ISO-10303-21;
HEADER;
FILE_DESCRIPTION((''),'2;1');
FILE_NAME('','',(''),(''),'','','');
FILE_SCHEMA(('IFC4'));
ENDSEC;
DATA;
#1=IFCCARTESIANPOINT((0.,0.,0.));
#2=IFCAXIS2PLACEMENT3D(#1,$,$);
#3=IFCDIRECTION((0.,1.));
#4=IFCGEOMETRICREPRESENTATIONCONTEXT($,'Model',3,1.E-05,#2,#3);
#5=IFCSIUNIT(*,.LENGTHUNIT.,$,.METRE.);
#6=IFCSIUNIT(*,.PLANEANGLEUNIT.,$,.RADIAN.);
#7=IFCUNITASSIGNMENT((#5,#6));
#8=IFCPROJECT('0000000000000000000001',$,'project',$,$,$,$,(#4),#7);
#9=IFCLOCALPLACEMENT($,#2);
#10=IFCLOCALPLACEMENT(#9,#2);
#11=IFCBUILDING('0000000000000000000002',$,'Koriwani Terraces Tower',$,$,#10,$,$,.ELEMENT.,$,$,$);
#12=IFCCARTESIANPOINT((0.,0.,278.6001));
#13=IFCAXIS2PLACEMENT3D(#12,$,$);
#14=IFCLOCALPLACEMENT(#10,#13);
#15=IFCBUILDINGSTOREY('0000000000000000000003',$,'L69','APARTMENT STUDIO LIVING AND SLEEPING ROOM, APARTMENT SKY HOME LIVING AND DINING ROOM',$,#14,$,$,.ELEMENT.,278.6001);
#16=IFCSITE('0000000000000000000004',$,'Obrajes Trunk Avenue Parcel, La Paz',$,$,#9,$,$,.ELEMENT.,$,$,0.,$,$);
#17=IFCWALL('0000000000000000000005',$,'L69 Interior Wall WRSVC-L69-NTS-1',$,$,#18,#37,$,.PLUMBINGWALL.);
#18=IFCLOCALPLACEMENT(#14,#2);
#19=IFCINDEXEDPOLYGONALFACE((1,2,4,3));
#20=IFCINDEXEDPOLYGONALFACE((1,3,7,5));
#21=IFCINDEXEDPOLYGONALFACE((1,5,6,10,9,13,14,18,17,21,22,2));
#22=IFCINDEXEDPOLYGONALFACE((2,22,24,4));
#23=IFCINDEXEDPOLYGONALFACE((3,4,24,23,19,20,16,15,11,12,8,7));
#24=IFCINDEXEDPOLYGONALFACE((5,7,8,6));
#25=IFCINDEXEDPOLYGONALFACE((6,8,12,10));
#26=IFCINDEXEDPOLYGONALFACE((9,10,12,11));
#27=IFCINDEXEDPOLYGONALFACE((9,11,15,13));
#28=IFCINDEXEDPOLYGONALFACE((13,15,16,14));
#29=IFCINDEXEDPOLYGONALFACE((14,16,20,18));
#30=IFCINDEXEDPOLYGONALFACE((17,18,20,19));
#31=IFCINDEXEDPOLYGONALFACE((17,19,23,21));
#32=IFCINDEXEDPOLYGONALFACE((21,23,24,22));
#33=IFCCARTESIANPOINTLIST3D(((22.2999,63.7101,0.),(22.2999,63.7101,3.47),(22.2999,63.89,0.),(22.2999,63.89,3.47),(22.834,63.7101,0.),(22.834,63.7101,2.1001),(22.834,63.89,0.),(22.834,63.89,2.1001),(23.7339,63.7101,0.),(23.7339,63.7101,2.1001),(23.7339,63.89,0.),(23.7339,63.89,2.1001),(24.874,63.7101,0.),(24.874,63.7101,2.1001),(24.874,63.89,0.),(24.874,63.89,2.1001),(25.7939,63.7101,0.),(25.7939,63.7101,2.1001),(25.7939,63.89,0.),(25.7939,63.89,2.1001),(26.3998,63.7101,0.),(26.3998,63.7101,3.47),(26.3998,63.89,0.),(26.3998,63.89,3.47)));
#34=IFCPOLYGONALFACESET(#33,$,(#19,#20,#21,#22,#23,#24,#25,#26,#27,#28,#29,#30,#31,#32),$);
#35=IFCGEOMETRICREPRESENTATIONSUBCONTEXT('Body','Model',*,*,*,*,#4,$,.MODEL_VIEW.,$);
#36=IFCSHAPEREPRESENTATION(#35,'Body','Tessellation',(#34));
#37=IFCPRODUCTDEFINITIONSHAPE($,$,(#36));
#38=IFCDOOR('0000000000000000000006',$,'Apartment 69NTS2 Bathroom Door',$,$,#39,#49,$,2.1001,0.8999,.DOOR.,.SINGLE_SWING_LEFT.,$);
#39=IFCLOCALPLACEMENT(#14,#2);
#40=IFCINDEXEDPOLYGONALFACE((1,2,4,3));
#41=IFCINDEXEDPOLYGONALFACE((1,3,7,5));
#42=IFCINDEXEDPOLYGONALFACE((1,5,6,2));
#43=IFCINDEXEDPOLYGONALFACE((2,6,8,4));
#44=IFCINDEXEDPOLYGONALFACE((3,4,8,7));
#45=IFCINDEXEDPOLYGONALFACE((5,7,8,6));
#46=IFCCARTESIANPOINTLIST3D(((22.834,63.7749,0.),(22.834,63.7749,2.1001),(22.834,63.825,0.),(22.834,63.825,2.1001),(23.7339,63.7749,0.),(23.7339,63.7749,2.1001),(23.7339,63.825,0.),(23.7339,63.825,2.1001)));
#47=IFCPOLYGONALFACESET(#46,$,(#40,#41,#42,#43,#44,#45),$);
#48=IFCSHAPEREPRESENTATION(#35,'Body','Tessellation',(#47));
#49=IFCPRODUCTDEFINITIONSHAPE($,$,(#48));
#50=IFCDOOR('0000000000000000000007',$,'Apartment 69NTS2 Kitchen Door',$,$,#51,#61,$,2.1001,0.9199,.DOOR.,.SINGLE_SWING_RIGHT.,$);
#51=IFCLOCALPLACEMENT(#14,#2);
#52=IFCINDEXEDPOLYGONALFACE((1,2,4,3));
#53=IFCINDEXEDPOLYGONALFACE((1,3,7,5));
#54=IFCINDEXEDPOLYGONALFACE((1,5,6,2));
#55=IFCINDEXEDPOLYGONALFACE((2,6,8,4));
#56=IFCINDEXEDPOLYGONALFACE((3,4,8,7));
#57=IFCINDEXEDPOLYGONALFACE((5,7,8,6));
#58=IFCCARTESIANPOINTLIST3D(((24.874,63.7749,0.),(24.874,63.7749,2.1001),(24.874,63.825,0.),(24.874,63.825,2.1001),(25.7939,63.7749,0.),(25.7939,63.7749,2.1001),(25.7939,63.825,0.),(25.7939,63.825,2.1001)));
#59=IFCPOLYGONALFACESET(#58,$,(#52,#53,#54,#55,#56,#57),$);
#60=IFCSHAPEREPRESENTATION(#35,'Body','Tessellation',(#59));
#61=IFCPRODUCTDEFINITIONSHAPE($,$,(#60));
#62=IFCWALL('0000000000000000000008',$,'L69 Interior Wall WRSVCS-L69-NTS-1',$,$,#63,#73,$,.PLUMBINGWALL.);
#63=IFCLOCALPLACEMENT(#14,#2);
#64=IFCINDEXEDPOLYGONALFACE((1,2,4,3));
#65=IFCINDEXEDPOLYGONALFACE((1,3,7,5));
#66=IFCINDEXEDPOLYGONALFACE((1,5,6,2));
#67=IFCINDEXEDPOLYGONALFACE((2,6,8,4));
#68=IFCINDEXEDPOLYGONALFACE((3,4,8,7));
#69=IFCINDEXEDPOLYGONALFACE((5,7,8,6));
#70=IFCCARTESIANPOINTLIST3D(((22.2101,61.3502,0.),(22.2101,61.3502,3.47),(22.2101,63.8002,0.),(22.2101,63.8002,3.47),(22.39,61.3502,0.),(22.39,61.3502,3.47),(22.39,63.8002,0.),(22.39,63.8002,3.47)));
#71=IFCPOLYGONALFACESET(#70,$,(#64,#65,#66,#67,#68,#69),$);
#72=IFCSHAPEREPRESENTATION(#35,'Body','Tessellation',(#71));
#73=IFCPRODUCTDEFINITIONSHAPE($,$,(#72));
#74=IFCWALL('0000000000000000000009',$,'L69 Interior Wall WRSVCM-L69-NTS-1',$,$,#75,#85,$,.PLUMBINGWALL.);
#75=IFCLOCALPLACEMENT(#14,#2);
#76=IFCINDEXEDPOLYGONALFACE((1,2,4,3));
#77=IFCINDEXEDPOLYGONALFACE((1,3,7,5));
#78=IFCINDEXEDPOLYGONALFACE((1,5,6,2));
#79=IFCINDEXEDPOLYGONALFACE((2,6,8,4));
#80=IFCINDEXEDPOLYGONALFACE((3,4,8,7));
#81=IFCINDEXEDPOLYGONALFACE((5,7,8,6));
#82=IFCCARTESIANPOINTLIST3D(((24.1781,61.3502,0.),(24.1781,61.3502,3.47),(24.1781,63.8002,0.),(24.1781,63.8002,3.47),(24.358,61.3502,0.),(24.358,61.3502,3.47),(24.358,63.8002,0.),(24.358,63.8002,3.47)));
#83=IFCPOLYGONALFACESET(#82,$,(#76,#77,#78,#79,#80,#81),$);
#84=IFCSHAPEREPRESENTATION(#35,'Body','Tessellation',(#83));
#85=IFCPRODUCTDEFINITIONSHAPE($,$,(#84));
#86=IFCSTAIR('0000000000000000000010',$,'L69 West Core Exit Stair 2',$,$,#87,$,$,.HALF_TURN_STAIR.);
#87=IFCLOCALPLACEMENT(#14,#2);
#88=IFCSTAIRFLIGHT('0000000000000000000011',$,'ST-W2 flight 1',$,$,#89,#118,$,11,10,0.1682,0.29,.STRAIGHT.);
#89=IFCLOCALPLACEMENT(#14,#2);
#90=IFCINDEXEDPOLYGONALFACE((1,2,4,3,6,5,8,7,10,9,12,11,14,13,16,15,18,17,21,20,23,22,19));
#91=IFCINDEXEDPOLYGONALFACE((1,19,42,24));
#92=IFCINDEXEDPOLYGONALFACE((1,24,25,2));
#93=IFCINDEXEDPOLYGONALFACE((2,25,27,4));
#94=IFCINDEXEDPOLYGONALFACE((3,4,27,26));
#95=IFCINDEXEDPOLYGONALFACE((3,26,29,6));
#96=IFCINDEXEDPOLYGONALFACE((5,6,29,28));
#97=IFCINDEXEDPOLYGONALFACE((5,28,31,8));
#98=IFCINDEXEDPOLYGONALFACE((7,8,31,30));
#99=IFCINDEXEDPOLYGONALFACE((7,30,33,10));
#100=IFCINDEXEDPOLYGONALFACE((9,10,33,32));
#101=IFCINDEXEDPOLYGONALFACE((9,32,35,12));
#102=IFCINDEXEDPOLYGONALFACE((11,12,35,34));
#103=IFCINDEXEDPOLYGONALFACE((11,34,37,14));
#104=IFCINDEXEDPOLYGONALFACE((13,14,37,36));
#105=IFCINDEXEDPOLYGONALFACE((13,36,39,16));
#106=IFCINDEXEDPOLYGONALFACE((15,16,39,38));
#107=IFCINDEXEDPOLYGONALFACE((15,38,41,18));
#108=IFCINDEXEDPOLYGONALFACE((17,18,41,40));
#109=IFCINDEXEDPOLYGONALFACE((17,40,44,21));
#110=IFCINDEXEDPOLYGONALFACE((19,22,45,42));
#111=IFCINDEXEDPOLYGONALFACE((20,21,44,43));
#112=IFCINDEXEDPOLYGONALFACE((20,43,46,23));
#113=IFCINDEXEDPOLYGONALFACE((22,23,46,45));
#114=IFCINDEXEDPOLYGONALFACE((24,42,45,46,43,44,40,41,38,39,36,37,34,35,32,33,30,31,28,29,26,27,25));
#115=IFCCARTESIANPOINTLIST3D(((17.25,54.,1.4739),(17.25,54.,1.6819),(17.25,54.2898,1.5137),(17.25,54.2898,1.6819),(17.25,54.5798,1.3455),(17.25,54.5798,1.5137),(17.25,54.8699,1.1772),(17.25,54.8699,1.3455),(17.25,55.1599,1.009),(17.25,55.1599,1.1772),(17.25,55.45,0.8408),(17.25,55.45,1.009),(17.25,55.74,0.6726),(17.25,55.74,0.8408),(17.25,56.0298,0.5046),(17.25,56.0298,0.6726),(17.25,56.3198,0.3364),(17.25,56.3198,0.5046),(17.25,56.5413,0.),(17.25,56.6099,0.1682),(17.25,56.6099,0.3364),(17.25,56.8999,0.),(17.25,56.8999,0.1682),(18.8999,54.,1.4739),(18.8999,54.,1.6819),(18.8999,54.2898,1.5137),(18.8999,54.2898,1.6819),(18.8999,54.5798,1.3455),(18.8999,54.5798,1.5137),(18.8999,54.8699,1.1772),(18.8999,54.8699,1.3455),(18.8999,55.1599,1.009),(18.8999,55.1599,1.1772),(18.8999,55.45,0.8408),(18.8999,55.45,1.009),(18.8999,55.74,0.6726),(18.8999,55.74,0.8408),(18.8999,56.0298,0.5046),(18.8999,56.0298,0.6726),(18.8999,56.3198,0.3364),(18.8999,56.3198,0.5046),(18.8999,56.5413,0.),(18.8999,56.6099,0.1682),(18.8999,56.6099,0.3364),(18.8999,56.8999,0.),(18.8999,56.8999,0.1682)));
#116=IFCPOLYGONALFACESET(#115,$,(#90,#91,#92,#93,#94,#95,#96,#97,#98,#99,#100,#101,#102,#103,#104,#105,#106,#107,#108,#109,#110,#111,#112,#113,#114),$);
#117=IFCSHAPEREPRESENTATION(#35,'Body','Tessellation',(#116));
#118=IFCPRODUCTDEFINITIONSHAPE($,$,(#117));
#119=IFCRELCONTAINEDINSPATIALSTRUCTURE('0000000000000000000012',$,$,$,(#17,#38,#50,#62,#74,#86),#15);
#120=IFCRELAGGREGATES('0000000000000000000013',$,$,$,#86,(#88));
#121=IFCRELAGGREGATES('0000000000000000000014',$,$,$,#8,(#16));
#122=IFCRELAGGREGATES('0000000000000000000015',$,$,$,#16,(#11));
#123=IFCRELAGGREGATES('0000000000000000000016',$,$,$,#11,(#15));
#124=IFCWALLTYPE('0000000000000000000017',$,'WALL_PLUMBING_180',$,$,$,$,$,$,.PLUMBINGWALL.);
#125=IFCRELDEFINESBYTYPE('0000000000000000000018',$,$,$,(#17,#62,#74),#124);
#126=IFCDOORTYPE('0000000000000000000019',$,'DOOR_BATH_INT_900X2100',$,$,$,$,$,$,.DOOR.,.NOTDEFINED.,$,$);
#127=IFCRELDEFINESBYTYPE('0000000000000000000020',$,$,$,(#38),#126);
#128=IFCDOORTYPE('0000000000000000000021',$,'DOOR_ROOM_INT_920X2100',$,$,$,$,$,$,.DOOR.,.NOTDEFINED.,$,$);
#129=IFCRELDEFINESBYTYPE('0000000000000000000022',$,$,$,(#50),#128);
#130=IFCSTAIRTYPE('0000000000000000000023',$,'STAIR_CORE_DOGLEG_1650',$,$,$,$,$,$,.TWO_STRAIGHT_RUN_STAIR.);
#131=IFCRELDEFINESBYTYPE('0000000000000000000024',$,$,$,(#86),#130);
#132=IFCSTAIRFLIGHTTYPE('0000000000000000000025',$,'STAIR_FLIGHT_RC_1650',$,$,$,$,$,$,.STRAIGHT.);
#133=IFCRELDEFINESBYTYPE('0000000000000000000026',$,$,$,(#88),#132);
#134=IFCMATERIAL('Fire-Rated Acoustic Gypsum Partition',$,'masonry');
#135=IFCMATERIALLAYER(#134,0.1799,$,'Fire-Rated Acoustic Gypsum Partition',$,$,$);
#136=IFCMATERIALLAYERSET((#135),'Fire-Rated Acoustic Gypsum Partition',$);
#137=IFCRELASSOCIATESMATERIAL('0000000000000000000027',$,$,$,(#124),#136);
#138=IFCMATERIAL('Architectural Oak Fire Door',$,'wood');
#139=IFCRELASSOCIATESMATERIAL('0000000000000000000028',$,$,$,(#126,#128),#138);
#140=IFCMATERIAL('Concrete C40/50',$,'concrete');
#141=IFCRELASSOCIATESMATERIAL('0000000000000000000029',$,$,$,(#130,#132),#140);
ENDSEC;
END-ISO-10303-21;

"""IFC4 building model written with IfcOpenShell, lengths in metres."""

from ifc_helpers import new_model, si_unit, direction, frame, frame_2d, origin, place, context, subcontext, project, spatial, polyline, rectangle, outline, extrude, material, layer, layer_set, type_object, element, fill, aggregate, save


model = new_model("IFC4")

# Units and contexts
model_context = context("Model", 3, precision=1e-05, world=origin(), true_north=direction((0.0, 1.0)))
body_context = subcontext(model_context, "Body", "Model", "MODEL_VIEW")
ifc_project = project(units=[si_unit("LENGTHUNIT", "METRE"), si_unit("PLANEANGLEUNIT", "RADIAN")], contexts=[model_context])

# Site, building, storey
site_placement = place(None, origin())
site = spatial("IfcSite", under=ifc_project, at=site_placement, Name="Obrajes Trunk Avenue Parcel, La Paz", CompositionType="ELEMENT", RefElevation=0.0)
building_placement = place(site_placement, origin())
building = spatial("IfcBuilding", under=site, at=building_placement, Name="Koriwani Terraces Tower", CompositionType="ELEMENT")
storey_placement = place(building_placement, frame((0.0, 0.0, 278.6001)))
storey = spatial("IfcBuildingStorey", under=building, at=storey_placement, Name="L69", Description="APARTMENT STUDIO LIVING AND SLEEPING ROOM, APARTMENT SKY HOME LIVING AND DINING ROOM", CompositionType="ELEMENT", Elevation=278.6001)

# Shared definitions
ifc_material_1 = material(Name="Concrete C40/50", Category="concrete")

# Shared definitions
ifc_material_2 = material(Name="Fire-Rated Acoustic Gypsum Partition", Category="masonry")
ifc_layer_1 = layer(ifc_material_2, 0.1799, Name="Fire-Rated Acoustic Gypsum Partition")
ifc_layer_set_1 = layer_set([ifc_layer_1], Name="Fire-Rated Acoustic Gypsum Partition")
wall_type_1 = type_object("IfcWallType", Name="WALL_PLUMBING_180", PredefinedType="PLUMBINGWALL", material=ifc_layer_set_1)

# Wall, openings, doors
wall_1_placement = place(storey_placement, frame((22.3, 63.8, 0.0), z_axis=(0.0, 0.0, 1.0), x_axis=(1.0, 0.0, 0.0)))
wall_1 = element("IfcWall", 1, at=wall_1_placement, inside=storey, type_object=wall_type_1, Name="L69 Interior Wall WRSVC-L69-NTS-1", PredefinedType="PLUMBINGWALL", context=body_context, shape_type="SweptSolid", body=[
    extrude(rectangle(XDim=4.0999, YDim=0.1799, at=frame_2d((2.0498, 0.0))), origin(), (0.0, 0.0, 1.0), 3.47),
])
opening_1_placement = place(wall_1_placement, frame((0.5339, 0.0, 0.0)))
opening_1 = element("IfcOpeningElement", 2, at=opening_1_placement, cuts=wall_1, PredefinedType="OPENING", context=body_context, shape_type="SweptSolid", body=[
    extrude(rectangle(XDim=0.8999, YDim=2.1001, at=frame_2d((0.45, 1.05))), frame((0.0, 0.1001, 0.0), z_axis=(0.0, -1.0, 0.0), x_axis=(1.0, 0.0, 0.0)), (0.0, 0.0, 1.0), 0.2),
])
opening_2_placement = place(wall_1_placement, frame((2.574, 0.0, 0.0)))
opening_2 = element("IfcOpeningElement", 3, at=opening_2_placement, cuts=wall_1, PredefinedType="OPENING", context=body_context, shape_type="SweptSolid", body=[
    extrude(rectangle(XDim=0.9199, YDim=2.1001, at=frame_2d((0.46, 1.05))), frame((0.0, 0.1001, 0.0), z_axis=(0.0, -1.0, 0.0), x_axis=(1.0, 0.0, 0.0)), (0.0, 0.0, 1.0), 0.2),
])
ifc_material_3 = material(Name="Architectural Oak Fire Door", Category="wood")
door_type_1 = type_object("IfcDoorType", Name="DOOR_BATH_INT_900X2100", OperationType="NOTDEFINED", PredefinedType="DOOR", material=ifc_material_3)
door_1_placement = place(opening_1_placement, origin())
door_1 = element("IfcDoor", 4, at=door_1_placement, inside=storey, type_object=door_type_1, Name="Apartment 69NTS2 Bathroom Door", OperationType="SINGLE_SWING_LEFT", OverallHeight=2.1001, OverallWidth=0.8999, PredefinedType="DOOR", context=body_context, shape_type="SweptSolid", body=[
    extrude(rectangle(XDim=0.8999, YDim=2.1001, at=frame_2d((0.45, 1.05))), frame((0.0, 0.0249, 0.0), z_axis=(0.0, -1.0, 0.0), x_axis=(1.0, 0.0, 0.0)), (0.0, 0.0, 1.0), 0.05),
])
fill(opening_1, door_1)
door_type_2 = type_object("IfcDoorType", Name="DOOR_ROOM_INT_920X2100", OperationType="NOTDEFINED", PredefinedType="DOOR", material=ifc_material_3)
door_2_placement = place(opening_2_placement, origin())
door_2 = element("IfcDoor", 5, at=door_2_placement, inside=storey, type_object=door_type_2, Name="Apartment 69NTS2 Kitchen Door", OperationType="SINGLE_SWING_RIGHT", OverallHeight=2.1001, OverallWidth=0.9199, PredefinedType="DOOR", context=body_context, shape_type="SweptSolid", body=[
    extrude(rectangle(XDim=0.9199, YDim=2.1001, at=frame_2d((0.46, 1.05))), frame((0.0, 0.0249, 0.0), z_axis=(0.0, -1.0, 0.0), x_axis=(1.0, 0.0, 0.0)), (0.0, 0.0, 1.0), 0.05),
])
fill(opening_2, door_2)

# Walls
for number, where, z_axis, x_axis, name in (
    (6, (22.3, 61.3501, 0.0), (0.0, 0.0, 1.0), (0.0, 1.0, 0.0), "L69 Interior Wall WRSVCS-L69-NTS-1"),
    (7, (24.2681, 61.3501, 0.0), (0.0, 0.0, 1.0), (0.0, 1.0, 0.0), "L69 Interior Wall WRSVCM-L69-NTS-1"),
):
    element("IfcWall", number, at=place(storey_placement, frame(where, z_axis=z_axis, x_axis=x_axis)), inside=storey, type_object=wall_type_1, Name=name, PredefinedType="PLUMBINGWALL", context=body_context, shape_type="SweptSolid", body=[
        extrude(rectangle(XDim=2.45, YDim=0.1799, at=frame_2d((1.2251, 0.0))), origin(), (0.0, 0.0, 1.0), 3.47),
    ])

# Stair, stair flight
stair_type = type_object("IfcStairType", Name="STAIR_CORE_DOGLEG_1650", PredefinedType="TWO_STRAIGHT_RUN_STAIR", material=ifc_material_1)
stair_placement = place(storey_placement, origin())
stair = element("IfcStair", 8, at=stair_placement, inside=storey, type_object=stair_type, Name="L69 West Core Exit Stair 2", PredefinedType="HALF_TURN_STAIR")
stair_flight_type = type_object("IfcStairFlightType", Name="STAIR_FLIGHT_RC_1650", PredefinedType="STRAIGHT", material=ifc_material_1)
stair_flight_placement = place(storey_placement, frame((18.075, 56.8999, 0.0), z_axis=(0.0, 0.0, 1.0), x_axis=(0.0, -1.0, 0.0)))
stair_flight = element("IfcStairFlight", 9, at=stair_flight_placement, type_object=stair_flight_type, Name="ST-W2 flight 1", NumberOfRisers=11, NumberOfTreads=10, PredefinedType="STRAIGHT", RiserHeight=0.1682, TreadLength=0.29, context=body_context, shape_type="SweptSolid", body=[
    extrude(outline(polyline([(0.0, 0.0), (0.0, 0.1682), (0.29, 0.1682), (0.29, 0.3364), (0.5801, 0.3364), (0.5801, 0.5046), (0.8701, 0.5046), (0.8701, 0.6726), (1.1599, 0.6726), (1.1599, 0.8408), (1.45, 0.8408), (1.45, 1.009), (1.74, 1.009), (1.74, 1.1772), (2.03, 1.1772), (2.03, 1.3455), (2.3201, 1.3455), (2.3201, 1.5137), (2.6101, 1.5137), (2.6101, 1.6819), (2.8999, 1.6819), (2.8999, 1.8501), (2.8999, 1.4739), (0.3586, 0.0), (0.0, 0.0)])), frame((0.0, 0.825, 0.0), z_axis=(0.0, -1.0, 0.0), x_axis=(1.0, 0.0, 0.0)), (0.0, 0.0, 1.0), 1.6499),
])
aggregate(stair, [stair_flight])

save(model, "model.ifc")
